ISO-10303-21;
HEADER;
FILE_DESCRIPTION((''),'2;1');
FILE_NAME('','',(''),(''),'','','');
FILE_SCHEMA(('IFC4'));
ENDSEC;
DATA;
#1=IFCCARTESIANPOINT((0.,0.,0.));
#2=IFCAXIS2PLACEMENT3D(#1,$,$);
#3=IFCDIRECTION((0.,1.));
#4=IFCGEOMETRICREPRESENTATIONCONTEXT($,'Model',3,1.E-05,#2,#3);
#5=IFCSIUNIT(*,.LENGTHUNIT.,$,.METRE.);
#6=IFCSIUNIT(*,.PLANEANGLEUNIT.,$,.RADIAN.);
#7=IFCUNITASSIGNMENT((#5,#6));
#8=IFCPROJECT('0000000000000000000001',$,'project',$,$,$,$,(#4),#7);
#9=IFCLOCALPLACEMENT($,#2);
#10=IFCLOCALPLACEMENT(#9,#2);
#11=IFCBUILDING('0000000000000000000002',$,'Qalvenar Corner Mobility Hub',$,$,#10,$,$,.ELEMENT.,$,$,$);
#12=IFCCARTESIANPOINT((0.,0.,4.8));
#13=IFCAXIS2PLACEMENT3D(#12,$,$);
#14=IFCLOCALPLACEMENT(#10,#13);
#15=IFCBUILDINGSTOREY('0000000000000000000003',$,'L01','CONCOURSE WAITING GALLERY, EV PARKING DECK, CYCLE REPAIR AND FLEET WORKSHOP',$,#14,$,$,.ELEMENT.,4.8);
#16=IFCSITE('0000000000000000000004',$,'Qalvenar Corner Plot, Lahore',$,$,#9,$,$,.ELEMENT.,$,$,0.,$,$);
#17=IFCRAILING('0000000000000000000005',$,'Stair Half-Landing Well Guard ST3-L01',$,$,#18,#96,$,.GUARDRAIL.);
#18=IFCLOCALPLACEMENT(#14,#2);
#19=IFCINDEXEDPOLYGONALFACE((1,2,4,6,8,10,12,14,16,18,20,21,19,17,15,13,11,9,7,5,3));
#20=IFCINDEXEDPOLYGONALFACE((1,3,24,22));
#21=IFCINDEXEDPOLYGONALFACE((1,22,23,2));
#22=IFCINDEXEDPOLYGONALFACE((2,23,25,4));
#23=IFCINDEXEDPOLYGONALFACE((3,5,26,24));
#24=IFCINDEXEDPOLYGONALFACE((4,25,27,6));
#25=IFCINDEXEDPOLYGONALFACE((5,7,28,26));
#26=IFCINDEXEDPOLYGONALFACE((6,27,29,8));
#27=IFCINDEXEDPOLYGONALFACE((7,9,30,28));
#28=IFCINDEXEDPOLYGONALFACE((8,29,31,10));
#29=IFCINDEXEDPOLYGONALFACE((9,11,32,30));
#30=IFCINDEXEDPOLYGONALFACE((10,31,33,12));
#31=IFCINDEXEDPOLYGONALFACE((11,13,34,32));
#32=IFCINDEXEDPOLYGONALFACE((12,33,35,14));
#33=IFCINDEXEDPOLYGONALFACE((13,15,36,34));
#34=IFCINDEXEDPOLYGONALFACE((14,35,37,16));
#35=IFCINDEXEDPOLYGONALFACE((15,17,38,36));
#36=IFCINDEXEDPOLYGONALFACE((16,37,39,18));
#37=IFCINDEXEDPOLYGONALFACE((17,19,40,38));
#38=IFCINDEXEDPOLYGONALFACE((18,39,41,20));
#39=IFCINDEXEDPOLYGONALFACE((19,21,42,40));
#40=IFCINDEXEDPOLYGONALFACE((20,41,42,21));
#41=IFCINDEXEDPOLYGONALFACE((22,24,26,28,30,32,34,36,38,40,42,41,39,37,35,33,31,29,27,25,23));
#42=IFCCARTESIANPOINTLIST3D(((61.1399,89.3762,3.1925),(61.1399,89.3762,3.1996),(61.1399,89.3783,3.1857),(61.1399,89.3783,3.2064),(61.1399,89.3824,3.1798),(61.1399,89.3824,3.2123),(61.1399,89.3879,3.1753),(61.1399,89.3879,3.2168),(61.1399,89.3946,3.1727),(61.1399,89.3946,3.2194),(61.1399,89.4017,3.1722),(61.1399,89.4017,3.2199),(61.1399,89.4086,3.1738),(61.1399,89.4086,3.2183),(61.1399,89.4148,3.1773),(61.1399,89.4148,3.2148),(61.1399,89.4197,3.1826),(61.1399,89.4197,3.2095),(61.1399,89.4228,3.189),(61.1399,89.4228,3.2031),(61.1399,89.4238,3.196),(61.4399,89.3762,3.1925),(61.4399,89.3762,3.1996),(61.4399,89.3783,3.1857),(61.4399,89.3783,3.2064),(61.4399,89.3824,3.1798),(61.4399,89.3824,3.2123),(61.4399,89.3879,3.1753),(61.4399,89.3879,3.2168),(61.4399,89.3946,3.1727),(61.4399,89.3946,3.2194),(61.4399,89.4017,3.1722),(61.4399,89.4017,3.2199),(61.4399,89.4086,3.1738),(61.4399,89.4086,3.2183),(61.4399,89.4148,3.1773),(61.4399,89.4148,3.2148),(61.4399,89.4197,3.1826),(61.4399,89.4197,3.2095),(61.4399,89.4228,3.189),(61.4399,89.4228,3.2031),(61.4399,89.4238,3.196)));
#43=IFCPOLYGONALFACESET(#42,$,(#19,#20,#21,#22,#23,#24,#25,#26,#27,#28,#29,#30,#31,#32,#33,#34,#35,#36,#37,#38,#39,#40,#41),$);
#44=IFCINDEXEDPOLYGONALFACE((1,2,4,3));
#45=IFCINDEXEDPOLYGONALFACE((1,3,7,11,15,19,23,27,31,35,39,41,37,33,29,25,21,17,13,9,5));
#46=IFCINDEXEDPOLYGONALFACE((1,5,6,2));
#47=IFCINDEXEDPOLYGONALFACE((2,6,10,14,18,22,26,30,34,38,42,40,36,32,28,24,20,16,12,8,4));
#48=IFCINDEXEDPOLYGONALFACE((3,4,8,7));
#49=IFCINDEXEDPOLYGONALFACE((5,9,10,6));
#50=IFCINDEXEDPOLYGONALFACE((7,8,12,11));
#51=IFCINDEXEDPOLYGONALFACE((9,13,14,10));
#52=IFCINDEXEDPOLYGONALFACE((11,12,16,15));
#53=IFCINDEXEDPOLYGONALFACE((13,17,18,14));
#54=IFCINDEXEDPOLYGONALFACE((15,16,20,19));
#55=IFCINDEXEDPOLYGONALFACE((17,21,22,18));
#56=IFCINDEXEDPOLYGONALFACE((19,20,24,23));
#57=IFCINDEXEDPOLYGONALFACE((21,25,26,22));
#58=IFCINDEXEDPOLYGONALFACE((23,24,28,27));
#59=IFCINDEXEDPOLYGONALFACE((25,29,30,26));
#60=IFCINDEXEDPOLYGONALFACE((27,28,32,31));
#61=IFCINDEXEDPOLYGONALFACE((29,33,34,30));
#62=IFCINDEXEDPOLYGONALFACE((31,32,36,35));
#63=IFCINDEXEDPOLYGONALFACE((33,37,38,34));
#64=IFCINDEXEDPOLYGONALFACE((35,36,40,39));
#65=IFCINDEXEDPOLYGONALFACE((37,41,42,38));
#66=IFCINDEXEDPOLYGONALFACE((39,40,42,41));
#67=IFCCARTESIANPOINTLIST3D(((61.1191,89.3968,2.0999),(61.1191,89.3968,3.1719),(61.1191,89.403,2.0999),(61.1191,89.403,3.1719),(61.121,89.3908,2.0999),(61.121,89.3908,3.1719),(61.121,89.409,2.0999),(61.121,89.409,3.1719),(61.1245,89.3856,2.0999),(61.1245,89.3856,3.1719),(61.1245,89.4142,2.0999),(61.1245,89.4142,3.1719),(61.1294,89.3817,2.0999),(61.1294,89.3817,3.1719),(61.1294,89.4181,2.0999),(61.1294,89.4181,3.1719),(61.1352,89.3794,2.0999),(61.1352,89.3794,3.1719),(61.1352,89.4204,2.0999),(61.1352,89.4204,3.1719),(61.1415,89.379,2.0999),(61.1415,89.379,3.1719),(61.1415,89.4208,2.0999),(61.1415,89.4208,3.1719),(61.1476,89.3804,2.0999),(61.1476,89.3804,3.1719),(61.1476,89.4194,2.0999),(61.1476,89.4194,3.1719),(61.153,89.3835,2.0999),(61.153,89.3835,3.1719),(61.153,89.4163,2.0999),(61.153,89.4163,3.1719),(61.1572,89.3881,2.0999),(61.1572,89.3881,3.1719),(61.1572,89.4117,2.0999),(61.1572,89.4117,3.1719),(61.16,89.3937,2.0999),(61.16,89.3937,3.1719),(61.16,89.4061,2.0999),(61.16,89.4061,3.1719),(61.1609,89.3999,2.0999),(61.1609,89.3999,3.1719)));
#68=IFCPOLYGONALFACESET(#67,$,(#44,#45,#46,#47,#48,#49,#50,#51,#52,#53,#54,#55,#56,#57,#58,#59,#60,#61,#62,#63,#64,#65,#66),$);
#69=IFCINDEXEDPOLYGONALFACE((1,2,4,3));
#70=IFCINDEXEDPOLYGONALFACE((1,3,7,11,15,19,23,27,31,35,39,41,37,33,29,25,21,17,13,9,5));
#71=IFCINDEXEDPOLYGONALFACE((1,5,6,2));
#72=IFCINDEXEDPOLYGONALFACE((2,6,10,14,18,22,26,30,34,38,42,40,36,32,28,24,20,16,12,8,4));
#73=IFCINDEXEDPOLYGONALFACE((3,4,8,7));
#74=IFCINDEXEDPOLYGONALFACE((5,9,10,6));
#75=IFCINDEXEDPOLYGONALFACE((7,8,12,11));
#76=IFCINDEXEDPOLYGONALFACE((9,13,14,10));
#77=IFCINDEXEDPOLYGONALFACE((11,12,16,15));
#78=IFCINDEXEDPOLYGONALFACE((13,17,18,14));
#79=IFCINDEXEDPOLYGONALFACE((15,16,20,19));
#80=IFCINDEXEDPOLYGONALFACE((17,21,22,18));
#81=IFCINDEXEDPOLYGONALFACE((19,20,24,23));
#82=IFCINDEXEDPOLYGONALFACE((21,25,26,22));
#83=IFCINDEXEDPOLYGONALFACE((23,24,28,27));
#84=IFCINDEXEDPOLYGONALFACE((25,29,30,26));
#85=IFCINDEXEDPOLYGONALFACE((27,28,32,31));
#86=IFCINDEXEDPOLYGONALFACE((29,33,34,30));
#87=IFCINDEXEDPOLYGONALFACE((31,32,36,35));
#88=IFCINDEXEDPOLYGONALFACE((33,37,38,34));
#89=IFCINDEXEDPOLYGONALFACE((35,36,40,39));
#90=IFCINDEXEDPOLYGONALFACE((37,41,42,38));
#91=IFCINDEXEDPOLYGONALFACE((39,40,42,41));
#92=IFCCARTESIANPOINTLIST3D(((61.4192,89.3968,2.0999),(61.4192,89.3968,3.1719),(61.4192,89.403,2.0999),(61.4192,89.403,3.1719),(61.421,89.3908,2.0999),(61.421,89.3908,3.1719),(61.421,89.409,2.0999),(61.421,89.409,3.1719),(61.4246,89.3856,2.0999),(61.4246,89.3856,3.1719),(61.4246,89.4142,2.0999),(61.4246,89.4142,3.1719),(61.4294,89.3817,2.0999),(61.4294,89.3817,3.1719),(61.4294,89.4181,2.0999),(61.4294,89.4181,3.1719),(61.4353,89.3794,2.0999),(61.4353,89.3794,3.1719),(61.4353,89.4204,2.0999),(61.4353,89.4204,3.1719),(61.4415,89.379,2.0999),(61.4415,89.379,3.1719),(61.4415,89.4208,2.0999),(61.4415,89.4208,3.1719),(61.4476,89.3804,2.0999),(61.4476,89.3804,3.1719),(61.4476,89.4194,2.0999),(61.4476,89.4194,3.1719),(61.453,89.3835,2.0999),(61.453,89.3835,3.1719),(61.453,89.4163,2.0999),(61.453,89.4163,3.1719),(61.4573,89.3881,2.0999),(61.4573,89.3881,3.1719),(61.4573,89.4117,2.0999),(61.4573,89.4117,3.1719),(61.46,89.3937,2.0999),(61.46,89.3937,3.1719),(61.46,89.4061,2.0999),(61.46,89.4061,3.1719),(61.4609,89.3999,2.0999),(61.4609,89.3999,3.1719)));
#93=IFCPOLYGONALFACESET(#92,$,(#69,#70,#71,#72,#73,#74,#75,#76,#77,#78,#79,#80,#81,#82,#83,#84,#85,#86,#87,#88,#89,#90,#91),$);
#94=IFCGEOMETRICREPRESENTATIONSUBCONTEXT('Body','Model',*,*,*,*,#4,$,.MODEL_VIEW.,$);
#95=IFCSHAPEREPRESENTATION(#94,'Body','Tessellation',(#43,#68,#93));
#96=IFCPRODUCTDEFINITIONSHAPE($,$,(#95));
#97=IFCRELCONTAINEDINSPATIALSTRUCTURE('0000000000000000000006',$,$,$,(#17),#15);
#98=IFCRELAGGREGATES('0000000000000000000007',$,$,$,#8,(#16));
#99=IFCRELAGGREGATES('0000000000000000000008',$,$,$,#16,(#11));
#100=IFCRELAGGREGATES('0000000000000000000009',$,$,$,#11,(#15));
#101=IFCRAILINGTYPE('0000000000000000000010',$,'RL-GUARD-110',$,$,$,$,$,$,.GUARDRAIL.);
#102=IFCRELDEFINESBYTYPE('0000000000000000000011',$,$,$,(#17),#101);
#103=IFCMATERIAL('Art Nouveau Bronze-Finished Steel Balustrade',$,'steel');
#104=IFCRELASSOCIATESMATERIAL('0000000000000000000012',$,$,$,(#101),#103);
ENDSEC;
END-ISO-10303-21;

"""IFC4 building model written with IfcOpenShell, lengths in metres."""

from ifc_helpers import new_model, si_unit, direction, frame, origin, origin_2d, place, context, subcontext, project, spatial, circle, extrude, material, type_object, element, save


model = new_model("IFC4")

# Units and contexts
model_context = context("Model", 3, precision=1e-05, world=origin(), true_north=direction((0.0, 1.0)))
body_context = subcontext(model_context, "Body", "Model", "MODEL_VIEW")
ifc_project = project(units=[si_unit("LENGTHUNIT", "METRE"), si_unit("PLANEANGLEUNIT", "RADIAN")], contexts=[model_context])

# Site, building, storey
site_placement = place(None, origin())
site = spatial("IfcSite", under=ifc_project, at=site_placement, Name="Qalvenar Corner Plot, Lahore", CompositionType="ELEMENT", RefElevation=0.0)
building_placement = place(site_placement, origin())
building = spatial("IfcBuilding", under=site, at=building_placement, Name="Qalvenar Corner Mobility Hub", CompositionType="ELEMENT")
storey_placement = place(building_placement, frame((0.0, 0.0, 4.8)))
storey = spatial("IfcBuildingStorey", under=building, at=storey_placement, Name="L01", Description="CONCOURSE WAITING GALLERY, EV PARKING DECK, CYCLE REPAIR AND FLEET WORKSHOP", CompositionType="ELEMENT", Elevation=4.8)

# Railing
ifc_material_1 = material(Name="Art Nouveau Bronze-Finished Steel Balustrade", Category="steel")
railing_type_1 = type_object("IfcRailingType", Name="RL-GUARD-110", PredefinedType="GUARDRAIL", material=ifc_material_1)
for number, where, name in (
    (1, (61.1399, 89.3999, 2.0999), "Stair Half-Landing Well Guard ST3-L01"),
):
    element("IfcRailing", number, at=place(storey_placement, frame(where)), inside=storey, type_object=railing_type_1, Name=name, PredefinedType="GUARDRAIL", context=body_context, shape_type="SweptSolid", body=[
        extrude(circle(Radius=0.0239, at=origin_2d()), frame((0.0, 0.0, 1.0962), z_axis=(1.0, 0.0, 0.0), x_axis=(0.0, 1.0, 0.0)), (0.0, 0.0, 1.0), 0.3),
        extrude(circle(Radius=0.021, at=origin_2d()), origin(), (0.0, 0.0, 1.0), 1.072),
        extrude(circle(Radius=0.021, at=origin_2d()), frame((0.3, 0.0, 0.0)), (0.0, 0.0, 1.0), 1.072),
    ])

save(model, "model.ifc")
